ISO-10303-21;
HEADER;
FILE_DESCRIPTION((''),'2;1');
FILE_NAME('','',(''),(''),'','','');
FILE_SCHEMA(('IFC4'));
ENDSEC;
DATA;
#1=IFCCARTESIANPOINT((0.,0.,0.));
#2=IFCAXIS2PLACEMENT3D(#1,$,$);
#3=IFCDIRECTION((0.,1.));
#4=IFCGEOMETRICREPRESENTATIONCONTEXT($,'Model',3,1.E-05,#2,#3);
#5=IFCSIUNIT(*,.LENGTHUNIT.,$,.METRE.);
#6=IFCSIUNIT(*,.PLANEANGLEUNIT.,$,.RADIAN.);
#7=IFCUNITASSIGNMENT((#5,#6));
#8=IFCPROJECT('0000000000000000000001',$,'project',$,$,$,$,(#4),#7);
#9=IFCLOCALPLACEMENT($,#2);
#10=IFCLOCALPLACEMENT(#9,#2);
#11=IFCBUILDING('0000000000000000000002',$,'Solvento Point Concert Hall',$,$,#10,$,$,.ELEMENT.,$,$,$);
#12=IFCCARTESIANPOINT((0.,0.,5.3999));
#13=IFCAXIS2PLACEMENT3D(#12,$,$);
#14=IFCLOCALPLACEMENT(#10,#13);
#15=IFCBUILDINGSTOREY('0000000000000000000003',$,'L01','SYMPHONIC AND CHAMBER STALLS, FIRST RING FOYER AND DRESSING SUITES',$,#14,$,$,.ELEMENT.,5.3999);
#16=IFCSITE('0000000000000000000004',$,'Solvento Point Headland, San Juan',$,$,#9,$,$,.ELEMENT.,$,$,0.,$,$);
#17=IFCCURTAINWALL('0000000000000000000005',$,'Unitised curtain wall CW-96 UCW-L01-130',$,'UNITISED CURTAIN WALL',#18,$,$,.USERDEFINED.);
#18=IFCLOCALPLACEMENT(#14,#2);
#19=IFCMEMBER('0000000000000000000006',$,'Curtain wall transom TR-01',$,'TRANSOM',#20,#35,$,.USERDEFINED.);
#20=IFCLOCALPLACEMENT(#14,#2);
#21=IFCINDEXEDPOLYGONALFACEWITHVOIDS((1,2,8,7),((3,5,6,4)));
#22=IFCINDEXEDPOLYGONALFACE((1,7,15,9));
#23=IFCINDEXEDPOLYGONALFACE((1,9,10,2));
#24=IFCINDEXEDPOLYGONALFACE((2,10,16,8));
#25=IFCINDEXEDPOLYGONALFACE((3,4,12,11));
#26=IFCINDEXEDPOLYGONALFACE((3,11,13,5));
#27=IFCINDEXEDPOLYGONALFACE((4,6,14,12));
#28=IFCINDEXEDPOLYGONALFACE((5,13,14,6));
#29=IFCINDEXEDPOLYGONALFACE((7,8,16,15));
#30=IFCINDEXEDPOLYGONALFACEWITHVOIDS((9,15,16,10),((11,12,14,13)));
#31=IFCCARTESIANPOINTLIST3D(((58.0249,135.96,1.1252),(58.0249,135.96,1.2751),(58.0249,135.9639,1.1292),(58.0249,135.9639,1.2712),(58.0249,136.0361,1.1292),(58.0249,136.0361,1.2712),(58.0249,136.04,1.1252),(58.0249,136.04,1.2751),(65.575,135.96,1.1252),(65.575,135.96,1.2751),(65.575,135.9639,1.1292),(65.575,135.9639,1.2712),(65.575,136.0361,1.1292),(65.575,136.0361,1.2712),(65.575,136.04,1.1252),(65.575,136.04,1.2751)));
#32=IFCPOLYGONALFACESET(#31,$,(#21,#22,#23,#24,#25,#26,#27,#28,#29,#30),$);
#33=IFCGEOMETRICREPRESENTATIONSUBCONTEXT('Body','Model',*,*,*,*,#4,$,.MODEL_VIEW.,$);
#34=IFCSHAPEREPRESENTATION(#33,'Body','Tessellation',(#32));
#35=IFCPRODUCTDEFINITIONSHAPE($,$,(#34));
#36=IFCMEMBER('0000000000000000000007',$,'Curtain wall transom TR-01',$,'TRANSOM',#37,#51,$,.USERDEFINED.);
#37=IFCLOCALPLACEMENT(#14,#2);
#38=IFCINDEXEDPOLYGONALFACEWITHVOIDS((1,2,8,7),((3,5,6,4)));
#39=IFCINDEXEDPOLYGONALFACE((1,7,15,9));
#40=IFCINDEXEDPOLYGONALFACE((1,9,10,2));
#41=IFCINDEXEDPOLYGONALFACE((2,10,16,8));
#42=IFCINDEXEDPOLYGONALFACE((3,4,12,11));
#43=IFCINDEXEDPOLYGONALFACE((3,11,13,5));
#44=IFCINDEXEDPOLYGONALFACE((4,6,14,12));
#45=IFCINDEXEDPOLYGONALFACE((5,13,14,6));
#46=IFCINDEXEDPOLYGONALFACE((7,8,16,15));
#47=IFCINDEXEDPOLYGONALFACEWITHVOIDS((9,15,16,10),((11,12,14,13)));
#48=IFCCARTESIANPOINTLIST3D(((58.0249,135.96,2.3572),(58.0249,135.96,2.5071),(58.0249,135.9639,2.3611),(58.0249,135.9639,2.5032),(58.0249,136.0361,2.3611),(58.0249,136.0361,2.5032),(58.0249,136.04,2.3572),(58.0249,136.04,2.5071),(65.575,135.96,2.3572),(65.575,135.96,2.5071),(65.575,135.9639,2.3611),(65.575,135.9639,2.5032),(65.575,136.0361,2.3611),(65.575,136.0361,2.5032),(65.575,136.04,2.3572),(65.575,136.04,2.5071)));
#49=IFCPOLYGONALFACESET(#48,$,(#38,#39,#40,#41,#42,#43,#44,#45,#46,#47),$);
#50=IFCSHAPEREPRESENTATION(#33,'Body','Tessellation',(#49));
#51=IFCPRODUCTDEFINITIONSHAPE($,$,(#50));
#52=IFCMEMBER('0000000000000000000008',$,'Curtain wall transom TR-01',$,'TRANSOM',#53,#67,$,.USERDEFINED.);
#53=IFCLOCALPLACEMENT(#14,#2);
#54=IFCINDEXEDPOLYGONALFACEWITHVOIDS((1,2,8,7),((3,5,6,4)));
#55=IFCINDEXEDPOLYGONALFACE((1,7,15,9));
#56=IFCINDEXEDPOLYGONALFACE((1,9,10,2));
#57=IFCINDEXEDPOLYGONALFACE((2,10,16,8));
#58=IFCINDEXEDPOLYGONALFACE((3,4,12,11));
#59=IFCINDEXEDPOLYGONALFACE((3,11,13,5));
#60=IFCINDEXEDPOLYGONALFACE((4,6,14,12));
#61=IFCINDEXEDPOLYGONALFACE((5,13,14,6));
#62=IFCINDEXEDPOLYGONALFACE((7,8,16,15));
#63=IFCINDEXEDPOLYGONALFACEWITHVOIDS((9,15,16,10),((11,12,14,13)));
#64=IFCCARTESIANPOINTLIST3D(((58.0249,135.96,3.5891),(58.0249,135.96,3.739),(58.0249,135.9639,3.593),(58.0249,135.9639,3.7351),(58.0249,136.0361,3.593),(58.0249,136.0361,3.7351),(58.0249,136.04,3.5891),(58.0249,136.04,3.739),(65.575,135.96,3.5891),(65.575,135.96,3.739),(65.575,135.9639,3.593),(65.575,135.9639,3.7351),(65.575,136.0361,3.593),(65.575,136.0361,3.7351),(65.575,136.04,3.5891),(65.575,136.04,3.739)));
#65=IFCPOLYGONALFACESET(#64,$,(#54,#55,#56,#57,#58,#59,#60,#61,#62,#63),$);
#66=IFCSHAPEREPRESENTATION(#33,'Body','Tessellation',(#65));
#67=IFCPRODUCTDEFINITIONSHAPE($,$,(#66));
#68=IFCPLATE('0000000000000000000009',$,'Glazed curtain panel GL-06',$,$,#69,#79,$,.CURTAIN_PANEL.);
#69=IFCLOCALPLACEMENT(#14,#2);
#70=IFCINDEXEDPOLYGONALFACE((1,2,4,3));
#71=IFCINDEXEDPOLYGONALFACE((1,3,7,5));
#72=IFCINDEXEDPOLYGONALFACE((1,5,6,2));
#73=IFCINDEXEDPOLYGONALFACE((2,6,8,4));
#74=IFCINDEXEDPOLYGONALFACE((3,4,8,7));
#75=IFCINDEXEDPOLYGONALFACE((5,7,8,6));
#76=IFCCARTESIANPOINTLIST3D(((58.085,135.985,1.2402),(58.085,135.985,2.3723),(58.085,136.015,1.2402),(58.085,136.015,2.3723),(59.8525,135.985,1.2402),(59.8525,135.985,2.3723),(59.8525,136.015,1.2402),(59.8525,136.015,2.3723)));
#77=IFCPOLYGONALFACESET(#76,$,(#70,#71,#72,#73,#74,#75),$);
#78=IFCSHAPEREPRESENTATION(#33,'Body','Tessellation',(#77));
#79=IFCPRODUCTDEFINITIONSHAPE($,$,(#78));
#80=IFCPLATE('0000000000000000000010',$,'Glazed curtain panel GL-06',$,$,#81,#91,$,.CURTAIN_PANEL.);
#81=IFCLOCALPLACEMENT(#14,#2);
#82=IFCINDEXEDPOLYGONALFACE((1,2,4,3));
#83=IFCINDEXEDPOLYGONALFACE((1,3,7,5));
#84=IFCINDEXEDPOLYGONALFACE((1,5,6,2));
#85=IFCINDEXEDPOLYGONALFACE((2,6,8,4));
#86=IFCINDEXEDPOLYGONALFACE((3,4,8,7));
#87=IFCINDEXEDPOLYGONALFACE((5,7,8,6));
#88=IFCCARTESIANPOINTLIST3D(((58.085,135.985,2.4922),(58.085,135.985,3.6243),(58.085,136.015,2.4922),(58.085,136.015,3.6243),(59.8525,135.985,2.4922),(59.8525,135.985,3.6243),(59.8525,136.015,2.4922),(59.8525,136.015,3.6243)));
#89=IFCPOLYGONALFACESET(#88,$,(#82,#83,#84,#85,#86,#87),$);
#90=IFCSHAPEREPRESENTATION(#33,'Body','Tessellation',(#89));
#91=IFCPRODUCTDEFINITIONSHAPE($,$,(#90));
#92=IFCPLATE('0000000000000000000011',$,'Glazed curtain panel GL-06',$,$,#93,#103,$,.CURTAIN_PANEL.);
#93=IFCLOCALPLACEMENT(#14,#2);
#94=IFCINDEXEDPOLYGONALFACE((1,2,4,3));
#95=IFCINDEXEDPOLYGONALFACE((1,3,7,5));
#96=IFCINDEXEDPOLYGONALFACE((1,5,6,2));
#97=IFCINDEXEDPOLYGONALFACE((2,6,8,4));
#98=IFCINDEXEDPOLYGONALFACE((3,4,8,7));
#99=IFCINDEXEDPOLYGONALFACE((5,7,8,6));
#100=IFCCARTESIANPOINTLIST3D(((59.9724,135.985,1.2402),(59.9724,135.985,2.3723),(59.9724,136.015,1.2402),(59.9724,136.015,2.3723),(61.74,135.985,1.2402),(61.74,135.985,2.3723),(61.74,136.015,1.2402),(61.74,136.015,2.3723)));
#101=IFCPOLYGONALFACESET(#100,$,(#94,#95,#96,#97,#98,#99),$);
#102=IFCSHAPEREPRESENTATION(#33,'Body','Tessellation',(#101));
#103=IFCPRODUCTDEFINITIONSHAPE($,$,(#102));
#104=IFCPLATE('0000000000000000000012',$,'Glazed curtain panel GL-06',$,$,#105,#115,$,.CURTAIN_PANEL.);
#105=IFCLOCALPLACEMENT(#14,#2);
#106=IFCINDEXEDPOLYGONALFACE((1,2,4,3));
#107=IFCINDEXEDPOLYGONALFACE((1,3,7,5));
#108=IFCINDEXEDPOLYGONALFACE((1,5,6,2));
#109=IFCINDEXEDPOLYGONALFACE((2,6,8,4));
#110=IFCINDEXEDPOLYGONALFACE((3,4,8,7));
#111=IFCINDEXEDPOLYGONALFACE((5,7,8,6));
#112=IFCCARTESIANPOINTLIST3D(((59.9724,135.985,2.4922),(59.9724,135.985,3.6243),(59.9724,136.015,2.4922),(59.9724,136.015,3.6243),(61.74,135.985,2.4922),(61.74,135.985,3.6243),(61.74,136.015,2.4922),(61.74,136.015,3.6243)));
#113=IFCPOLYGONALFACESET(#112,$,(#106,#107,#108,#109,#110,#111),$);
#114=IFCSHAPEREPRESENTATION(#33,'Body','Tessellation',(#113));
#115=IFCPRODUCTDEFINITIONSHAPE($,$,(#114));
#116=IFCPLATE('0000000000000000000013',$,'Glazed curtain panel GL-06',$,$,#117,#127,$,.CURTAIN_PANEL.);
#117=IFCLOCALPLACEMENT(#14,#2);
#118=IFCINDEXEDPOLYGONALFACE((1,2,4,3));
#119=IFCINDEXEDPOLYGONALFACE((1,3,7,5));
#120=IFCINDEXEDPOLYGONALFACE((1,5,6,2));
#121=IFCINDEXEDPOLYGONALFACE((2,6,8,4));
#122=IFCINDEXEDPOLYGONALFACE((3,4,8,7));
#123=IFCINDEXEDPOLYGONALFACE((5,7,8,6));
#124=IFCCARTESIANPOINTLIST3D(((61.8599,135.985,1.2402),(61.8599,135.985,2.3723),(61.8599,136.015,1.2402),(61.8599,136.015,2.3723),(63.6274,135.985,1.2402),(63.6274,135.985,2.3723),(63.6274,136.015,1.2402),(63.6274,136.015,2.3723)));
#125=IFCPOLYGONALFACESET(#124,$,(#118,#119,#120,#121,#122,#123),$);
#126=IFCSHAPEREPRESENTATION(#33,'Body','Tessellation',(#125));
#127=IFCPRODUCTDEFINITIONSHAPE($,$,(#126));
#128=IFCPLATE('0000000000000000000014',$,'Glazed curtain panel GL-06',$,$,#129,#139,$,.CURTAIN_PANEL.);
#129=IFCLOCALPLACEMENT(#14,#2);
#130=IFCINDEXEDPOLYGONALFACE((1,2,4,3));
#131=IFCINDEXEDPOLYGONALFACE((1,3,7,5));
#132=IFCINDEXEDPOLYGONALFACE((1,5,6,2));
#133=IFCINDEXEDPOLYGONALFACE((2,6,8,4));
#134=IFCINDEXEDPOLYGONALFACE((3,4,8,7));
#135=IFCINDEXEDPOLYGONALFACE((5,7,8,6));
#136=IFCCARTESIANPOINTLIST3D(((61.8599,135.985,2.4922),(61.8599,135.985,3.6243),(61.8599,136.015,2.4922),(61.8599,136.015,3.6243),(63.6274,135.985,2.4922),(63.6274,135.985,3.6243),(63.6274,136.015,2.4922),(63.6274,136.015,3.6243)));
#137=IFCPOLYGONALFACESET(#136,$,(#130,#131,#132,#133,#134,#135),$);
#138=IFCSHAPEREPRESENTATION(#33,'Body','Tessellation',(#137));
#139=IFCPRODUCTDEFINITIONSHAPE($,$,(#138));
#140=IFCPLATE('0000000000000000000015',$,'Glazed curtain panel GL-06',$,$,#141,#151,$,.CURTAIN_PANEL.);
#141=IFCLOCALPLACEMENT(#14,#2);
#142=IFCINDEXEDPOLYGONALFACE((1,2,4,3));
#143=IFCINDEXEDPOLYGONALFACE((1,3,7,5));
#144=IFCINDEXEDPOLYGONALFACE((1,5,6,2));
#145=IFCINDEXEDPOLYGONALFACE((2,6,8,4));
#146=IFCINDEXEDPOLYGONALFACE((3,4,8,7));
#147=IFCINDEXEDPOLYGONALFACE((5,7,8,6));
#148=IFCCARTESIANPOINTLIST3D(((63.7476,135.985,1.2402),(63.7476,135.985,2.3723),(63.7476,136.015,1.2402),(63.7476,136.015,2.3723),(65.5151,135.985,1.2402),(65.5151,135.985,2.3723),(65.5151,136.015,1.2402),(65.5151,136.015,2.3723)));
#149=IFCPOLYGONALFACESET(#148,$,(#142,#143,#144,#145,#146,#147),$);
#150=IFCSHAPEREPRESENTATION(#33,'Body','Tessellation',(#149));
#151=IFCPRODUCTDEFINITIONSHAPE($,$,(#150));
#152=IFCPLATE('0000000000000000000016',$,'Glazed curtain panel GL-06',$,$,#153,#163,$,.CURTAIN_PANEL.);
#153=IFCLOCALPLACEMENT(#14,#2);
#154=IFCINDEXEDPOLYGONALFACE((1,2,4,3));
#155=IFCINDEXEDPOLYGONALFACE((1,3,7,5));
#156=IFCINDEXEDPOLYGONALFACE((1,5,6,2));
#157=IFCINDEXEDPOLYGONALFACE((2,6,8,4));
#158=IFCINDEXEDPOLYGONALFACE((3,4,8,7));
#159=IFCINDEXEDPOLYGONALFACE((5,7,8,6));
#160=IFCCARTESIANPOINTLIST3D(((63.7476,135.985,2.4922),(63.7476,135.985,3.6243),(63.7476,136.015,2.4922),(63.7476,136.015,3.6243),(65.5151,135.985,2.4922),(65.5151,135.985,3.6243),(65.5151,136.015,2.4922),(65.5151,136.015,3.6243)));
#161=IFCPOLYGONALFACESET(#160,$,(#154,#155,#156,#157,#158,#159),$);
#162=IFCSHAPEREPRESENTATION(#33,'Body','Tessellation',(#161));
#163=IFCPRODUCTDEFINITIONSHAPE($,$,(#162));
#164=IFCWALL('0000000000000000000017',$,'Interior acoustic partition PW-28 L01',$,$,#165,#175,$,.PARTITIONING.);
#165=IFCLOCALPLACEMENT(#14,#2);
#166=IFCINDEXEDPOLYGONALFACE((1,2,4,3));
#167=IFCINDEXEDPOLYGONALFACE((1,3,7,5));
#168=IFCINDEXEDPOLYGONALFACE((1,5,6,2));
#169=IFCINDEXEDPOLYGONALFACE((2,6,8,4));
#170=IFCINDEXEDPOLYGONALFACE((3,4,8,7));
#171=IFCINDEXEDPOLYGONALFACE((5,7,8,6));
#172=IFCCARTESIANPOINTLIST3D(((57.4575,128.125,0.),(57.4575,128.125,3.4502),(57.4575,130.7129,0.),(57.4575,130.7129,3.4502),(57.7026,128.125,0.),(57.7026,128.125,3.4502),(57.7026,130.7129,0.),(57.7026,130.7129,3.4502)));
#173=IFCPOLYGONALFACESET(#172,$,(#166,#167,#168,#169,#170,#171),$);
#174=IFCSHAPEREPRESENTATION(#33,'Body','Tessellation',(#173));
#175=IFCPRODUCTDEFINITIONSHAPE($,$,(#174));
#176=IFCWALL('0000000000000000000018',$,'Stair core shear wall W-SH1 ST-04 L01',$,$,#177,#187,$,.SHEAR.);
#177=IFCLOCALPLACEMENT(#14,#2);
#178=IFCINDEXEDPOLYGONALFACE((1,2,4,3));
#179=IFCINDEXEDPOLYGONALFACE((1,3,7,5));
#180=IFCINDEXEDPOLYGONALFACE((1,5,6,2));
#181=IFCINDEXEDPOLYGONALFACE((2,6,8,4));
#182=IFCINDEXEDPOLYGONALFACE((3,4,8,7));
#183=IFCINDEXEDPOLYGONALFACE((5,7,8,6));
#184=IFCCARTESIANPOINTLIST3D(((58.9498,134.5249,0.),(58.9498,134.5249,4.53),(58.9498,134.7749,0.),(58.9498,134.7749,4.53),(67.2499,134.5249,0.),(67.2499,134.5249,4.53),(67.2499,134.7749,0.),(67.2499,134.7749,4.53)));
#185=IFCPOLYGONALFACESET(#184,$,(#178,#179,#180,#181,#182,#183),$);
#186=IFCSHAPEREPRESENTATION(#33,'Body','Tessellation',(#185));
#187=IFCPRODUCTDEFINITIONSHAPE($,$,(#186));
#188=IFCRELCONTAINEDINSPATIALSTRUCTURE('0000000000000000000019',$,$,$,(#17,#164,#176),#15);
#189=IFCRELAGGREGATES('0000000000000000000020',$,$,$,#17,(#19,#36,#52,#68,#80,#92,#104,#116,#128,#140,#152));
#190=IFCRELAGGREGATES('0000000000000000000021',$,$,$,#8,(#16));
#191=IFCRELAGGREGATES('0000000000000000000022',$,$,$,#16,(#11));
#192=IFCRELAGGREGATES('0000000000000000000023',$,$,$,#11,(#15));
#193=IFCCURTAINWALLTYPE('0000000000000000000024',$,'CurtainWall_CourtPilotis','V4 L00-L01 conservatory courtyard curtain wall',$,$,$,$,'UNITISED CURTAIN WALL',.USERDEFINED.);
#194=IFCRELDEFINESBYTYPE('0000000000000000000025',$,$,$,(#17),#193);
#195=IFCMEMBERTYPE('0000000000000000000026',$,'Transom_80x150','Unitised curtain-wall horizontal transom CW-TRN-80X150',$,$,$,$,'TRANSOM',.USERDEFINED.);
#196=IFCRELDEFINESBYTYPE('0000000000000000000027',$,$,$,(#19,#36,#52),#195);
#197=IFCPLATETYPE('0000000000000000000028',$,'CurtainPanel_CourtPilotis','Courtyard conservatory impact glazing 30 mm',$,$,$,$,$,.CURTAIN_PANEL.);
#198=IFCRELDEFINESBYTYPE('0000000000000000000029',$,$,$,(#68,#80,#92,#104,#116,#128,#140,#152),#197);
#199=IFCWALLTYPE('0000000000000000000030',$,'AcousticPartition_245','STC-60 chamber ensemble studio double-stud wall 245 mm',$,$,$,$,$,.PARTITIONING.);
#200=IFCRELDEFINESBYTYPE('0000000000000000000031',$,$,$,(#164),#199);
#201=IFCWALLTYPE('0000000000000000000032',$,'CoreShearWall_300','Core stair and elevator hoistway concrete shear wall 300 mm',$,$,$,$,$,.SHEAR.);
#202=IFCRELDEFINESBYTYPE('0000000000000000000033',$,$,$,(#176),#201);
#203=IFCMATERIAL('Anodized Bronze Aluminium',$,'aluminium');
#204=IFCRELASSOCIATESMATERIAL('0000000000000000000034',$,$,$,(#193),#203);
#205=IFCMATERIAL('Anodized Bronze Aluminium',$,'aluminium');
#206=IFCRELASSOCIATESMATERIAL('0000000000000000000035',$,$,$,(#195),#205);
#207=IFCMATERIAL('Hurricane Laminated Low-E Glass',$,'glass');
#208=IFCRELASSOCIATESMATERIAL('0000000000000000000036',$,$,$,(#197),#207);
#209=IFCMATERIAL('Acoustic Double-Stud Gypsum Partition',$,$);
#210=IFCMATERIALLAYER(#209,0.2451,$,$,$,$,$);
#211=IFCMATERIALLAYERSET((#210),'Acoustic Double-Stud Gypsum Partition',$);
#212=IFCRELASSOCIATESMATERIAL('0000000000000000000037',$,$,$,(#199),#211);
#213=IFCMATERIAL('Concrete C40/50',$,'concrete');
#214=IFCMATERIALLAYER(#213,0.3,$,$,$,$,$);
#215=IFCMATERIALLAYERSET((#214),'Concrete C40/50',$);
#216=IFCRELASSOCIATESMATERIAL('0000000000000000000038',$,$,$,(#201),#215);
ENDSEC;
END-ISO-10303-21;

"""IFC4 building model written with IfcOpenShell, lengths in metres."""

from ifc_helpers import new_model, si_unit, direction, frame, frame_2d, origin, origin_2d, place, context, subcontext, project, spatial, rectangle, hollow_rectangle, extrude, material, layer, layer_set, material_profile, profile_set, type_object, element, aggregate, save


model = new_model("IFC4")

# Units and contexts
model_context = context("Model", 3, precision=1e-05, world=origin(), true_north=direction((0.0, 1.0)))
body_context = subcontext(model_context, "Body", "Model", "MODEL_VIEW")
ifc_project = project(units=[si_unit("LENGTHUNIT", "METRE"), si_unit("PLANEANGLEUNIT", "RADIAN")], contexts=[model_context])

# Site, building, storey
site_placement = place(None, origin())
site = spatial("IfcSite", under=ifc_project, at=site_placement, Name="Solvento Point Headland, San Juan", CompositionType="ELEMENT", RefElevation=0.0)
building_placement = place(site_placement, origin())
building = spatial("IfcBuilding", under=site, at=building_placement, Name="Solvento Point Concert Hall", CompositionType="ELEMENT")
storey_placement = place(building_placement, frame((0.0, 0.0, 5.3999)))
storey = spatial("IfcBuildingStorey", under=building, at=storey_placement, Name="L01", Description="SYMPHONIC AND CHAMBER STALLS, FIRST RING FOYER AND DRESSING SUITES", CompositionType="ELEMENT", Elevation=5.3999)

# Curtain wall
ifc_material_1 = material(Name="Anodized Bronze Aluminium", Category="aluminium")
curtain_wall_type = type_object("IfcCurtainWallType", Name="CurtainWall_CourtPilotis", Description="V4 L00-L01 conservatory courtyard curtain wall", ElementType="UNITISED CURTAIN WALL", PredefinedType="USERDEFINED", material=ifc_material_1)
curtain_wall_1_placement = place(storey_placement, origin())
curtain_wall_1 = element("IfcCurtainWall", 1, at=curtain_wall_1_placement, inside=storey, type_object=curtain_wall_type, Name="Unitised curtain wall CW-96 UCW-L01-130", ObjectType="UNITISED CURTAIN WALL", PredefinedType="USERDEFINED")

# Members
ifc_material_2 = material(Name="Anodized Bronze Aluminium", Category="aluminium")
ifc_material_profile_1 = material_profile(ifc_material_2, hollow_rectangle(XDim=0.0801, YDim=0.1499, WallThickness=0.0039, at=origin_2d()), Name="CW-TRN-80X150")
ifc_profile_set_1 = profile_set([ifc_material_profile_1], Name="Anodized Bronze Aluminium")
member_type_1 = type_object("IfcMemberType", Name="Transom_80x150", Description="Unitised curtain-wall horizontal transom CW-TRN-80X150", ElementType="TRANSOM", PredefinedType="USERDEFINED", material=ifc_profile_set_1)
member_1_placement = place(storey_placement, frame((58.0249, 136.0, 1.2002), z_axis=(1.0, 0.0, 0.0), x_axis=(0.0, 1.0, 0.0)))
member_1 = element("IfcMember", 2, at=member_1_placement, type_object=member_type_1, Name="Curtain wall transom TR-01", ObjectType="TRANSOM", PredefinedType="USERDEFINED", context=body_context, shape_type="SweptSolid", body=[
    extrude(hollow_rectangle(XDim=0.0801, YDim=0.1499, WallThickness=0.0039, at=origin_2d()), origin(), (0.0, 0.0, 1.0), 7.55),
])
member_2_placement = place(storey_placement, frame((58.0249, 136.0, 2.4321), z_axis=(1.0, 0.0, 0.0), x_axis=(0.0, 1.0, 0.0)))
member_2 = element("IfcMember", 3, at=member_2_placement, type_object=member_type_1, Name="Curtain wall transom TR-01", ObjectType="TRANSOM", PredefinedType="USERDEFINED", context=body_context, shape_type="SweptSolid", body=[
    extrude(hollow_rectangle(XDim=0.0801, YDim=0.1499, WallThickness=0.0039, at=origin_2d()), origin(), (0.0, 0.0, 1.0), 7.55),
])
member_3_placement = place(storey_placement, frame((58.0249, 136.0, 3.6641), z_axis=(1.0, 0.0, 0.0), x_axis=(0.0, 1.0, 0.0)))
member_3 = element("IfcMember", 4, at=member_3_placement, type_object=member_type_1, Name="Curtain wall transom TR-01", ObjectType="TRANSOM", PredefinedType="USERDEFINED", context=body_context, shape_type="SweptSolid", body=[
    extrude(hollow_rectangle(XDim=0.0801, YDim=0.1499, WallThickness=0.0039, at=origin_2d()), origin(), (0.0, 0.0, 1.0), 7.55),
])

# Plates
ifc_material_3 = material(Name="Hurricane Laminated Low-E Glass", Category="glass")
plate_type = type_object("IfcPlateType", Name="CurtainPanel_CourtPilotis", Description="Courtyard conservatory impact glazing 30 mm", PredefinedType="CURTAIN_PANEL", material=ifc_material_3)
plate_1_placement = place(storey_placement, frame((58.9688, 136.0, 1.2402), z_axis=(0.0, 0.0, 1.0), x_axis=(1.0, 0.0, 0.0)))
plate_1 = element("IfcPlate", 5, at=plate_1_placement, type_object=plate_type, Name="Glazed curtain panel GL-06", PredefinedType="CURTAIN_PANEL", context=body_context, shape_type="SweptSolid", body=[
    extrude(rectangle(XDim=1.7676, YDim=0.03, at=origin_2d()), origin(), (0.0, 0.0, 1.0), 1.1321),
])
plate_2_placement = place(storey_placement, frame((58.9688, 136.0, 2.4922), z_axis=(0.0, 0.0, 1.0), x_axis=(1.0, 0.0, 0.0)))
plate_2 = element("IfcPlate", 6, at=plate_2_placement, type_object=plate_type, Name="Glazed curtain panel GL-06", PredefinedType="CURTAIN_PANEL", context=body_context, shape_type="SweptSolid", body=[
    extrude(rectangle(XDim=1.7676, YDim=0.03, at=origin_2d()), origin(), (0.0, 0.0, 1.0), 1.1321),
])
plate_3_placement = place(storey_placement, frame((60.8562, 136.0, 1.2402), z_axis=(0.0, 0.0, 1.0), x_axis=(1.0, 0.0, 0.0)))
plate_3 = element("IfcPlate", 7, at=plate_3_placement, type_object=plate_type, Name="Glazed curtain panel GL-06", PredefinedType="CURTAIN_PANEL", context=body_context, shape_type="SweptSolid", body=[
    extrude(rectangle(XDim=1.7676, YDim=0.03, at=origin_2d()), origin(), (0.0, 0.0, 1.0), 1.1321),
])
plate_4_placement = place(storey_placement, frame((60.8562, 136.0, 2.4922), z_axis=(0.0, 0.0, 1.0), x_axis=(1.0, 0.0, 0.0)))
plate_4 = element("IfcPlate", 8, at=plate_4_placement, type_object=plate_type, Name="Glazed curtain panel GL-06", PredefinedType="CURTAIN_PANEL", context=body_context, shape_type="SweptSolid", body=[
    extrude(rectangle(XDim=1.7676, YDim=0.03, at=origin_2d()), origin(), (0.0, 0.0, 1.0), 1.1321),
])
plate_5_placement = place(storey_placement, frame((62.7437, 136.0, 1.2402), z_axis=(0.0, 0.0, 1.0), x_axis=(1.0, 0.0, 0.0)))
plate_5 = element("IfcPlate", 9, at=plate_5_placement, type_object=plate_type, Name="Glazed curtain panel GL-06", PredefinedType="CURTAIN_PANEL", context=body_context, shape_type="SweptSolid", body=[
    extrude(rectangle(XDim=1.7676, YDim=0.03, at=origin_2d()), origin(), (0.0, 0.0, 1.0), 1.1321),
])
plate_6_placement = place(storey_placement, frame((62.7437, 136.0, 2.4922), z_axis=(0.0, 0.0, 1.0), x_axis=(1.0, 0.0, 0.0)))
plate_6 = element("IfcPlate", 10, at=plate_6_placement, type_object=plate_type, Name="Glazed curtain panel GL-06", PredefinedType="CURTAIN_PANEL", context=body_context, shape_type="SweptSolid", body=[
    extrude(rectangle(XDim=1.7676, YDim=0.03, at=origin_2d()), origin(), (0.0, 0.0, 1.0), 1.1321),
])
plate_7_placement = place(storey_placement, frame((64.6313, 136.0, 1.2402), z_axis=(0.0, 0.0, 1.0), x_axis=(1.0, 0.0, 0.0)))
plate_7 = element("IfcPlate", 11, at=plate_7_placement, type_object=plate_type, Name="Glazed curtain panel GL-06", PredefinedType="CURTAIN_PANEL", context=body_context, shape_type="SweptSolid", body=[
    extrude(rectangle(XDim=1.7676, YDim=0.03, at=origin_2d()), origin(), (0.0, 0.0, 1.0), 1.1321),
])
plate_8_placement = place(storey_placement, frame((64.6313, 136.0, 2.4922), z_axis=(0.0, 0.0, 1.0), x_axis=(1.0, 0.0, 0.0)))
plate_8 = element("IfcPlate", 12, at=plate_8_placement, type_object=plate_type, Name="Glazed curtain panel GL-06", PredefinedType="CURTAIN_PANEL", context=body_context, shape_type="SweptSolid", body=[
    extrude(rectangle(XDim=1.7676, YDim=0.03, at=origin_2d()), origin(), (0.0, 0.0, 1.0), 1.1321),
])
aggregate(curtain_wall_1, [member_1, member_2, member_3, plate_1, plate_2, plate_3, plate_4, plate_5, plate_6, plate_7, plate_8])

# Walls
ifc_material_4 = material(Name="Acoustic Double-Stud Gypsum Partition")
ifc_layer_1 = layer(ifc_material_4, 0.2451)
ifc_layer_set_1 = layer_set([ifc_layer_1], Name="Acoustic Double-Stud Gypsum Partition")
wall_type_1 = type_object("IfcWallType", Name="AcousticPartition_245", Description="STC-60 chamber ensemble studio double-stud wall 245 mm", PredefinedType="PARTITIONING", material=ifc_layer_set_1)
wall_1_placement = place(storey_placement, frame((57.5801, 130.7129, 0.0), z_axis=(0.0, 0.0, 1.0), x_axis=(0.0, -1.0, 0.0)))
element("IfcWall", 13, at=wall_1_placement, inside=storey, type_object=wall_type_1, Name="Interior acoustic partition PW-28 L01", PredefinedType="PARTITIONING", context=body_context, shape_type="SweptSolid", body=[
    extrude(rectangle(XDim=2.5879, YDim=0.2451, at=frame_2d((1.2939, 0.0))), origin(), (0.0, 0.0, 1.0), 3.4502),
])
ifc_material_5 = material(Name="Concrete C40/50", Category="concrete")
ifc_layer_2 = layer(ifc_material_5, 0.3)
ifc_layer_set_2 = layer_set([ifc_layer_2], Name="Concrete C40/50")
wall_type_2 = type_object("IfcWallType", Name="CoreShearWall_300", Description="Core stair and elevator hoistway concrete shear wall 300 mm", PredefinedType="SHEAR", material=ifc_layer_set_2)
wall_2_placement = place(storey_placement, frame((58.95, 134.6499, 0.0), z_axis=(0.0, 0.0, 1.0), x_axis=(1.0, 0.0, 0.0)))
element("IfcWall", 14, at=wall_2_placement, inside=storey, type_object=wall_type_2, Name="Stair core shear wall W-SH1 ST-04 L01", PredefinedType="SHEAR", context=body_context, shape_type="SweptSolid", body=[
    extrude(rectangle(XDim=8.3, YDim=0.25, at=frame_2d((4.1499, 0.0))), origin(), (0.0, 0.0, 1.0), 4.53),
])

save(model, "model.ifc")
